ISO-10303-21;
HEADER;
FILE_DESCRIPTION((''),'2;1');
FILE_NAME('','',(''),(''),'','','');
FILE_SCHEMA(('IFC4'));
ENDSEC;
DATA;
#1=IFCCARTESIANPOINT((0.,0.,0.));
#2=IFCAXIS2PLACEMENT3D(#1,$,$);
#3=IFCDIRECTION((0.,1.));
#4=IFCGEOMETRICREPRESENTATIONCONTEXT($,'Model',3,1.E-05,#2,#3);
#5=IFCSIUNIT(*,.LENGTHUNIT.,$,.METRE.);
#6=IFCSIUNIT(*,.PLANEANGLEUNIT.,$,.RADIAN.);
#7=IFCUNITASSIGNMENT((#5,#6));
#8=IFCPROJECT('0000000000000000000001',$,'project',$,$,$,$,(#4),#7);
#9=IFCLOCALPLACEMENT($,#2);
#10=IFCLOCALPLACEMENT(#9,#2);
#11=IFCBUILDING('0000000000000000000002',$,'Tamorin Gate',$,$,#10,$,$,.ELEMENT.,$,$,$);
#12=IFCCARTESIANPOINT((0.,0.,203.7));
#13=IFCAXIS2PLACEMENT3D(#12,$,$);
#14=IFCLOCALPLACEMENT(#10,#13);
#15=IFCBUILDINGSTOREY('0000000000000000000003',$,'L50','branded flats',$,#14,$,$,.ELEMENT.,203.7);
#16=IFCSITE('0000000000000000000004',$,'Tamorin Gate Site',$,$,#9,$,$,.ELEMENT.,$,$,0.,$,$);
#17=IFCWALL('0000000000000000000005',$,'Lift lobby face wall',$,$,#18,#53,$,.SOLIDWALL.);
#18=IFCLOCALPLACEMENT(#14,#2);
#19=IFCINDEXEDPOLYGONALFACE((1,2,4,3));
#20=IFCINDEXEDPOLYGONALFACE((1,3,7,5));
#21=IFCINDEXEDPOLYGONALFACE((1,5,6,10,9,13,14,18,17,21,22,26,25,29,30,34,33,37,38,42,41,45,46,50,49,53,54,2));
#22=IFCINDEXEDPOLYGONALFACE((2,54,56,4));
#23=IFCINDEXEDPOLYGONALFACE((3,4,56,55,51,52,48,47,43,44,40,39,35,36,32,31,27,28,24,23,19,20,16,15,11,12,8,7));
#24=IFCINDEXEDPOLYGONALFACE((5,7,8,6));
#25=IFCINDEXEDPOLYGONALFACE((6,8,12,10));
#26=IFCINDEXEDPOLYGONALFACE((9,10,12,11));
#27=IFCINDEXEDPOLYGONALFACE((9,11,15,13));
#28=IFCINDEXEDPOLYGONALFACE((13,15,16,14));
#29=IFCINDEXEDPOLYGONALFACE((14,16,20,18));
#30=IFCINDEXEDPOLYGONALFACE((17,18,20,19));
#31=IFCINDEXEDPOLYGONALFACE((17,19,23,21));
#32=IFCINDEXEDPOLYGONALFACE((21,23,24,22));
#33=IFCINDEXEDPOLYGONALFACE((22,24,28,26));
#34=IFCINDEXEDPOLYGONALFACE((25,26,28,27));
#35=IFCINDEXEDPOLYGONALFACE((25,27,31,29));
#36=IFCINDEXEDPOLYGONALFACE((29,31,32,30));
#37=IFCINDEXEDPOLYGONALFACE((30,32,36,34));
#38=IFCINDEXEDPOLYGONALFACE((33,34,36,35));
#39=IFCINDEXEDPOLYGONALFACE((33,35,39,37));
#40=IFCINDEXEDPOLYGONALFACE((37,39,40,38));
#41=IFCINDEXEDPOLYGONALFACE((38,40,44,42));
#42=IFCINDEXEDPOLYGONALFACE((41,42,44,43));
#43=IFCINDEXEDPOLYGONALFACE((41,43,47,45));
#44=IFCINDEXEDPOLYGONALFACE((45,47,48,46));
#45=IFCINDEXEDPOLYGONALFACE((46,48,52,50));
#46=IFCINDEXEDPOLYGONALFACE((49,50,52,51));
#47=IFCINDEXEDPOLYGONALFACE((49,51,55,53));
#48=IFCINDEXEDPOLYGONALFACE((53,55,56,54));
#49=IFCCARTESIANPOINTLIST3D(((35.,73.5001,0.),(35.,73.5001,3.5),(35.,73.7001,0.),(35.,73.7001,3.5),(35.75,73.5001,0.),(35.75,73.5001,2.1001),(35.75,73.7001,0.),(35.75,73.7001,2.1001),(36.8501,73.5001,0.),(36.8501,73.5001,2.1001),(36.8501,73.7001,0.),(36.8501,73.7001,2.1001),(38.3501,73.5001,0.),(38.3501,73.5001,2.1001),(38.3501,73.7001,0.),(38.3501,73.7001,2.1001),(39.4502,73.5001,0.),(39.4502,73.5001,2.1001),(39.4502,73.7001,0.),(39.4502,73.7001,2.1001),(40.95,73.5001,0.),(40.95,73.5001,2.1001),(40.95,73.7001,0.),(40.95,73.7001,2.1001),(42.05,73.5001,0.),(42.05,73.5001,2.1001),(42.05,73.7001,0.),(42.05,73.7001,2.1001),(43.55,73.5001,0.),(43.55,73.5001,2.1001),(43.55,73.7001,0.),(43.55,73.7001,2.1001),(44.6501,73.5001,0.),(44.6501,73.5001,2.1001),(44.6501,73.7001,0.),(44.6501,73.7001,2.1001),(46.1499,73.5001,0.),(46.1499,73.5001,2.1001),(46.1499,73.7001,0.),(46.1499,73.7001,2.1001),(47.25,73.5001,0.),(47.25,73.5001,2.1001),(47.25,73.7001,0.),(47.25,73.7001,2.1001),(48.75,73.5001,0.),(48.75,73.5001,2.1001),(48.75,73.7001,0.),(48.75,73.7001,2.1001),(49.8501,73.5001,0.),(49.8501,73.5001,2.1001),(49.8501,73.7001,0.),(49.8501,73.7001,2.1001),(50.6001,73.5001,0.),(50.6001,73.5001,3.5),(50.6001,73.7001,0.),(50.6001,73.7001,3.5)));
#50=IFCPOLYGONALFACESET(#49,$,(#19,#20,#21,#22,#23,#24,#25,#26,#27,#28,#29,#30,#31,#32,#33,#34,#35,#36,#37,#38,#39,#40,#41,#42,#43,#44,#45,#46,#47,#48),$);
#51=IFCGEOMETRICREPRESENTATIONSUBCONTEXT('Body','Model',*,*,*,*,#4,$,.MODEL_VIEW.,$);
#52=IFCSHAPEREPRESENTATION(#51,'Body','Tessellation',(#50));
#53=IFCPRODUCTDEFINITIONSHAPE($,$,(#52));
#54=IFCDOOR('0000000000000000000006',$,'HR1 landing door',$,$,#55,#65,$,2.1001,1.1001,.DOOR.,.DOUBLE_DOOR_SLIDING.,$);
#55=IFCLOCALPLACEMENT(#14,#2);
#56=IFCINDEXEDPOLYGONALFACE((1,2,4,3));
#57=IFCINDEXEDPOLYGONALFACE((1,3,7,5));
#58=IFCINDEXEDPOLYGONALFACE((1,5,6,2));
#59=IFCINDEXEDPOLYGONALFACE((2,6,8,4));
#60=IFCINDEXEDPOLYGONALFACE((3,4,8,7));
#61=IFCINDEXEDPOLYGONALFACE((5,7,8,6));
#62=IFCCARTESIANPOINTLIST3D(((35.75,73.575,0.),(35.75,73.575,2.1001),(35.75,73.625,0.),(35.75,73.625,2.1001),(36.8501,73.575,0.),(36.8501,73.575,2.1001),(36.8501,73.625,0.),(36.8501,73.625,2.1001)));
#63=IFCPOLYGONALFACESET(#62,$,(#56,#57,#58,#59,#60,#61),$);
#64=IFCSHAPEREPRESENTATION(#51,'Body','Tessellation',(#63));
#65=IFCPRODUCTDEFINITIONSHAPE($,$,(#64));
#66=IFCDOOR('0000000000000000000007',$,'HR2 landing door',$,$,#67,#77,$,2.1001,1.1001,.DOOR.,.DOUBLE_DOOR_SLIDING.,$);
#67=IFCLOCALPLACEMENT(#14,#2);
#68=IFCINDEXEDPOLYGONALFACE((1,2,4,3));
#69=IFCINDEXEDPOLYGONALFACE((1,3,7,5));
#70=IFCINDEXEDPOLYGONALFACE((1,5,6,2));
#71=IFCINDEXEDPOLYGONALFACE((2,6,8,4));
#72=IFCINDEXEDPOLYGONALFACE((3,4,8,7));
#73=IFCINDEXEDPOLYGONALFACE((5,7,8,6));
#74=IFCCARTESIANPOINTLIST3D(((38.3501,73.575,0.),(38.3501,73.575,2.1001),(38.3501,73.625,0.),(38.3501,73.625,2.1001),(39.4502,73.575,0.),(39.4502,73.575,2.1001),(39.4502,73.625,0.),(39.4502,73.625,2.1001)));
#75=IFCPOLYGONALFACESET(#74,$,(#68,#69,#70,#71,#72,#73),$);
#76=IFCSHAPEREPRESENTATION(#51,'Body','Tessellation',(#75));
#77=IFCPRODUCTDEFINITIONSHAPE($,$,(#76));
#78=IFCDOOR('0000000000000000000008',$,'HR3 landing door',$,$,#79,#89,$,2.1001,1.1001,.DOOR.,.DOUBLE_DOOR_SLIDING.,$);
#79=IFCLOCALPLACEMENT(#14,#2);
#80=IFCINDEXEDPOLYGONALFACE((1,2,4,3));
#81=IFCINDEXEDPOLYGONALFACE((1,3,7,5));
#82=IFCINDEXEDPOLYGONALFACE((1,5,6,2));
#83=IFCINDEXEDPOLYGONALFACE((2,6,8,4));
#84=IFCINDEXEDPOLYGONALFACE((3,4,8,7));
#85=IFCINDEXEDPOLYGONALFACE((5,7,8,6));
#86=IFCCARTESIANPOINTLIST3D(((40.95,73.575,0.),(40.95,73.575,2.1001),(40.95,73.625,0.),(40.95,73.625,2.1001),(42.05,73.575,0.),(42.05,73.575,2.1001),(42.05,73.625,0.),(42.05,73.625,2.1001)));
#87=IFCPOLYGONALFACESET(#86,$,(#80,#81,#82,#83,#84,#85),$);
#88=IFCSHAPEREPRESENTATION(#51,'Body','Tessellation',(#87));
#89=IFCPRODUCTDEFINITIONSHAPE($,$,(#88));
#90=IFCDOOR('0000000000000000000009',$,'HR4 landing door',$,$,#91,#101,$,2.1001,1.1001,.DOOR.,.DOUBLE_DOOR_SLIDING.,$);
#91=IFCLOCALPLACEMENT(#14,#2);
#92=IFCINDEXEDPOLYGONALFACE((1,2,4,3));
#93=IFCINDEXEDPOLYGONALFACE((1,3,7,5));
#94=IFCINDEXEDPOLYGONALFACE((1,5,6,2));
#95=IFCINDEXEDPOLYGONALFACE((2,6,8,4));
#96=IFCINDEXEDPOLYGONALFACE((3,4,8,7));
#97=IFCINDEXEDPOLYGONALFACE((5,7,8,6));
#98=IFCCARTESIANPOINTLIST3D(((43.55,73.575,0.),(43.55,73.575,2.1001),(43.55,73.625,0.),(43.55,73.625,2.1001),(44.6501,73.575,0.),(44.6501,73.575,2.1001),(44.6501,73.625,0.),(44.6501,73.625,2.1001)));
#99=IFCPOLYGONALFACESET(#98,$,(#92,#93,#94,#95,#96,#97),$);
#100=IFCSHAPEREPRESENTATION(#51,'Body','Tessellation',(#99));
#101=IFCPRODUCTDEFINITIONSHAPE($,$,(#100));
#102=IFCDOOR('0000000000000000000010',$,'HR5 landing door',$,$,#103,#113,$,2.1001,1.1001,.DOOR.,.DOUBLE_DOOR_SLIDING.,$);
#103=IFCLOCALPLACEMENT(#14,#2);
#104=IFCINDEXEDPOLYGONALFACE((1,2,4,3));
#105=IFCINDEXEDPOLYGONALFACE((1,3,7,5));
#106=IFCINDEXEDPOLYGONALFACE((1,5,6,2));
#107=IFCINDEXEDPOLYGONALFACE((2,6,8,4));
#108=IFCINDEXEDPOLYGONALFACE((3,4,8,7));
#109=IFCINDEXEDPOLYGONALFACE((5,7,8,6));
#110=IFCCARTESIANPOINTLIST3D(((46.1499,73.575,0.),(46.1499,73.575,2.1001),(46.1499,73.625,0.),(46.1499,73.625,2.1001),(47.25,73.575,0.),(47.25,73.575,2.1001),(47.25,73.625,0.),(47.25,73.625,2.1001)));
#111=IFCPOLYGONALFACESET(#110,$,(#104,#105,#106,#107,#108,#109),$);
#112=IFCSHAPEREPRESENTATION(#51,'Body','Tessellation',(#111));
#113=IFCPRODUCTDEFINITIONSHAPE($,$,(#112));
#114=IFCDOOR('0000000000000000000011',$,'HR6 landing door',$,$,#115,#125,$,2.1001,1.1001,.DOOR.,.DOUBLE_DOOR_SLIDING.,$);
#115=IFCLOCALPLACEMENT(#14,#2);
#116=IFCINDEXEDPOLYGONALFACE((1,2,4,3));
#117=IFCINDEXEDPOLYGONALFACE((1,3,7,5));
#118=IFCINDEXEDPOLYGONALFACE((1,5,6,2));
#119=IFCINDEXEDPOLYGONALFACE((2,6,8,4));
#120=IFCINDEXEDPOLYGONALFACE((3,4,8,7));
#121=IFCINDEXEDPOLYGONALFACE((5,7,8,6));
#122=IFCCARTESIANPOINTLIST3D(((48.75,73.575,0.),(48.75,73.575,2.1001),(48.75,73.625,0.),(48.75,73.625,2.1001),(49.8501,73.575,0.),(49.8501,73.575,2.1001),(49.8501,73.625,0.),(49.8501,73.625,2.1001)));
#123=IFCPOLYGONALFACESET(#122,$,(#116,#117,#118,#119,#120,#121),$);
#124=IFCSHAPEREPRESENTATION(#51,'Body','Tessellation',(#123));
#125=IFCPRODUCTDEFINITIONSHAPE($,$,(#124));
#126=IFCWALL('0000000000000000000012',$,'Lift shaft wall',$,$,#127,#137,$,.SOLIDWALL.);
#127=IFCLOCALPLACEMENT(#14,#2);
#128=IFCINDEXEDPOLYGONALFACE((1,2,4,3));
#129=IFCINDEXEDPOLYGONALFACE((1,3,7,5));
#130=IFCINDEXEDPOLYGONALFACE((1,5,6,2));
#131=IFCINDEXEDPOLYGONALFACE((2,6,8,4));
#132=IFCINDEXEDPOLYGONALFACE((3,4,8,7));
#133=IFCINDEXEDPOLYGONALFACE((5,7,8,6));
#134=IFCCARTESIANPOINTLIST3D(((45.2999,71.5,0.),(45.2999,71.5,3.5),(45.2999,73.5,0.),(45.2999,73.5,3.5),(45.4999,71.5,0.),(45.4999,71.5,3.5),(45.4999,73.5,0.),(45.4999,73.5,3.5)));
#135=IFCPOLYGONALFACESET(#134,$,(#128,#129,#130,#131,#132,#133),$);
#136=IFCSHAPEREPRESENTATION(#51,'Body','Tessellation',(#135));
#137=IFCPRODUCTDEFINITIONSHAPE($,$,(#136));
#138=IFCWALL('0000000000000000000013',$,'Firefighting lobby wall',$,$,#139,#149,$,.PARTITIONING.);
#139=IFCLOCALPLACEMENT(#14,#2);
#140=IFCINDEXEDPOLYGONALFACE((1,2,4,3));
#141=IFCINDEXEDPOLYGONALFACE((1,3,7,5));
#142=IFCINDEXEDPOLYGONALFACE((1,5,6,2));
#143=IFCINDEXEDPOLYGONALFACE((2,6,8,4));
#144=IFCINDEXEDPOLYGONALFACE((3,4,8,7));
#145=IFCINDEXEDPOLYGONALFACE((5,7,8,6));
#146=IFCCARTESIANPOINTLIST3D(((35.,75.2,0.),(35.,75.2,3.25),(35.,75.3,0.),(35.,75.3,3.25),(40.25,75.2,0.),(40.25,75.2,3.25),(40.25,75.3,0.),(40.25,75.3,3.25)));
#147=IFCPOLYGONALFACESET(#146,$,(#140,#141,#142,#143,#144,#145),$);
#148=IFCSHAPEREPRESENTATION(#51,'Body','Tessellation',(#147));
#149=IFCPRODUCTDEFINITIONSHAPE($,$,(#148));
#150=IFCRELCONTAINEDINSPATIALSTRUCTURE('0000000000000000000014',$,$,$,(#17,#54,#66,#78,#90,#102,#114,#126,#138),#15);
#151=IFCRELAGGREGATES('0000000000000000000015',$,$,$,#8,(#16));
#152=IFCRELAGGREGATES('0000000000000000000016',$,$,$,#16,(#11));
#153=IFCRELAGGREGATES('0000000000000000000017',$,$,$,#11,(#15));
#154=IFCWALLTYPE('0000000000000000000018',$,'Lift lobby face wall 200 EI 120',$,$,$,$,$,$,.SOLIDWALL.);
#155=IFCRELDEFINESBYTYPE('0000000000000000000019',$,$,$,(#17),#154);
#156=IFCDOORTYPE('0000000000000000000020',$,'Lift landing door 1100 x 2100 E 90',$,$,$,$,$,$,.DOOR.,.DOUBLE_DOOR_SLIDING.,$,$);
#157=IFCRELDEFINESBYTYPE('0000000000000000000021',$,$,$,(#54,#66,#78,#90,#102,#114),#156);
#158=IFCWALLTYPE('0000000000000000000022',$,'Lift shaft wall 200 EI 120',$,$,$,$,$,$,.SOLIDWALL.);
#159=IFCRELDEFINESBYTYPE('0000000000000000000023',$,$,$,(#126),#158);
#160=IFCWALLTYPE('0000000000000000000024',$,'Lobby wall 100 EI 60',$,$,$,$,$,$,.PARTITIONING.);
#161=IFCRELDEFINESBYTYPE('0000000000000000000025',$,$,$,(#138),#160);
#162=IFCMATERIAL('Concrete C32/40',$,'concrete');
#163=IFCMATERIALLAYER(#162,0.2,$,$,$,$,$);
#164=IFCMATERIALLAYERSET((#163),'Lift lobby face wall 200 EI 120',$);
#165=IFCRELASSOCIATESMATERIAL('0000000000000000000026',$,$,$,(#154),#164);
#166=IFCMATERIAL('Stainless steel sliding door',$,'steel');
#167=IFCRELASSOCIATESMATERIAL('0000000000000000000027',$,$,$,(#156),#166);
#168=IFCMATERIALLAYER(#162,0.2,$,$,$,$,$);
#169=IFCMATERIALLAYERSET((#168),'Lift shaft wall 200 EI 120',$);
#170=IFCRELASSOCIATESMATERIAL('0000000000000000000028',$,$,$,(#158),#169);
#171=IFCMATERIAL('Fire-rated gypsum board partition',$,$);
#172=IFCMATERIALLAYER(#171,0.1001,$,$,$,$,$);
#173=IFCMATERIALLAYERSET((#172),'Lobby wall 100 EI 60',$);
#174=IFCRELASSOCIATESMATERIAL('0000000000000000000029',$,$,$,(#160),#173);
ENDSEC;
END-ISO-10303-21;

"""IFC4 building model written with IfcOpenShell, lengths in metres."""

from ifc_helpers import new_model, si_unit, direction, frame, frame_2d, origin, place, context, subcontext, project, spatial, rectangle, extrude, material, layer, layer_set, type_object, element, fill, save


model = new_model("IFC4")

# Units and contexts
model_context = context("Model", 3, precision=1e-05, world=origin(), true_north=direction((0.0, 1.0)))
body_context = subcontext(model_context, "Body", "Model", "MODEL_VIEW")
ifc_project = project(units=[si_unit("LENGTHUNIT", "METRE"), si_unit("PLANEANGLEUNIT", "RADIAN")], contexts=[model_context])

# Site, building, storey
site_placement = place(None, origin())
site = spatial("IfcSite", under=ifc_project, at=site_placement, Name="Tamorin Gate Site", CompositionType="ELEMENT", RefElevation=0.0)
building_placement = place(site_placement, origin())
building = spatial("IfcBuilding", under=site, at=building_placement, Name="Tamorin Gate", CompositionType="ELEMENT")
storey_placement = place(building_placement, frame((0.0, 0.0, 203.7)))
storey = spatial("IfcBuildingStorey", under=building, at=storey_placement, Name="L50", Description="branded flats", CompositionType="ELEMENT", Elevation=203.7)

# Wall, openings, doors
ifc_material_1 = material(Name="Concrete C32/40", Category="concrete")
ifc_layer_1 = layer(ifc_material_1, 0.2)
ifc_layer_set_1 = layer_set([ifc_layer_1], Name="Lift lobby face wall 200 EI 120")
wall_type_1 = type_object("IfcWallType", Name="Lift lobby face wall 200 EI 120", PredefinedType="SOLIDWALL", material=ifc_layer_set_1)
wall_1_placement = place(storey_placement, frame((35.0, 73.6001, 0.0), z_axis=(0.0, 0.0, 1.0), x_axis=(1.0, 0.0, 0.0)))
wall_1 = element("IfcWall", 1, at=wall_1_placement, inside=storey, type_object=wall_type_1, Name="Lift lobby face wall", PredefinedType="SOLIDWALL", context=body_context, shape_type="SweptSolid", body=[
    extrude(rectangle(XDim=15.6001, YDim=0.2, at=frame_2d((7.8, 0.0))), origin(), (0.0, 0.0, 1.0), 3.5),
])
opening_1_placement = place(wall_1_placement, frame((0.75, 0.0, 0.0)))
opening_1 = element("IfcOpeningElement", 2, at=opening_1_placement, cuts=wall_1, PredefinedType="OPENING", context=body_context, shape_type="SweptSolid", body=[
    extrude(rectangle(XDim=1.1001, YDim=2.1001, at=frame_2d((0.55, 1.05))), frame((0.0, 0.1099, 0.0), z_axis=(0.0, -1.0, 0.0), x_axis=(1.0, 0.0, 0.0)), (0.0, 0.0, 1.0), 0.22),
])
opening_2_placement = place(wall_1_placement, frame((3.3501, 0.0, 0.0)))
opening_2 = element("IfcOpeningElement", 3, at=opening_2_placement, cuts=wall_1, PredefinedType="OPENING", context=body_context, shape_type="SweptSolid", body=[
    extrude(rectangle(XDim=1.1001, YDim=2.1001, at=frame_2d((0.55, 1.05))), frame((0.0, 0.1099, 0.0), z_axis=(0.0, -1.0, 0.0), x_axis=(1.0, 0.0, 0.0)), (0.0, 0.0, 1.0), 0.22),
])
opening_3_placement = place(wall_1_placement, frame((5.95, 0.0, 0.0)))
opening_3 = element("IfcOpeningElement", 4, at=opening_3_placement, cuts=wall_1, PredefinedType="OPENING", context=body_context, shape_type="SweptSolid", body=[
    extrude(rectangle(XDim=1.1001, YDim=2.1001, at=frame_2d((0.55, 1.05))), frame((0.0, 0.1099, 0.0), z_axis=(0.0, -1.0, 0.0), x_axis=(1.0, 0.0, 0.0)), (0.0, 0.0, 1.0), 0.22),
])
opening_4_placement = place(wall_1_placement, frame((8.55, 0.0, 0.0)))
opening_4 = element("IfcOpeningElement", 5, at=opening_4_placement, cuts=wall_1, PredefinedType="OPENING", context=body_context, shape_type="SweptSolid", body=[
    extrude(rectangle(XDim=1.1001, YDim=2.1001, at=frame_2d((0.55, 1.05))), frame((0.0, 0.1099, 0.0), z_axis=(0.0, -1.0, 0.0), x_axis=(1.0, 0.0, 0.0)), (0.0, 0.0, 1.0), 0.22),
])
opening_5_placement = place(wall_1_placement, frame((11.1499, 0.0, 0.0)))
opening_5 = element("IfcOpeningElement", 6, at=opening_5_placement, cuts=wall_1, PredefinedType="OPENING", context=body_context, shape_type="SweptSolid", body=[
    extrude(rectangle(XDim=1.1001, YDim=2.1001, at=frame_2d((0.55, 1.05))), frame((0.0, 0.1099, 0.0), z_axis=(0.0, -1.0, 0.0), x_axis=(1.0, 0.0, 0.0)), (0.0, 0.0, 1.0), 0.22),
])
opening_6_placement = place(wall_1_placement, frame((13.75, 0.0, 0.0)))
opening_6 = element("IfcOpeningElement", 7, at=opening_6_placement, cuts=wall_1, PredefinedType="OPENING", context=body_context, shape_type="SweptSolid", body=[
    extrude(rectangle(XDim=1.1001, YDim=2.1001, at=frame_2d((0.55, 1.05))), frame((0.0, 0.1099, 0.0), z_axis=(0.0, -1.0, 0.0), x_axis=(1.0, 0.0, 0.0)), (0.0, 0.0, 1.0), 0.22),
])
ifc_material_2 = material(Name="Stainless steel sliding door", Category="steel")
door_type_1 = type_object("IfcDoorType", Name="Lift landing door 1100 x 2100 E 90", OperationType="DOUBLE_DOOR_SLIDING", PredefinedType="DOOR", material=ifc_material_2)
door_1_placement = place(opening_1_placement, origin())
door_1 = element("IfcDoor", 8, at=door_1_placement, inside=storey, type_object=door_type_1, Name="HR1 landing door", OperationType="DOUBLE_DOOR_SLIDING", OverallHeight=2.1001, OverallWidth=1.1001, PredefinedType="DOOR", context=body_context, shape_type="SweptSolid", body=[
    extrude(rectangle(XDim=1.1001, YDim=2.1001, at=frame_2d((0.55, 1.05))), frame((0.0, 0.0249, 0.0), z_axis=(0.0, -1.0, 0.0), x_axis=(1.0, 0.0, 0.0)), (0.0, 0.0, 1.0), 0.05),
])
fill(opening_1, door_1)
door_2_placement = place(opening_2_placement, origin())
door_2 = element("IfcDoor", 9, at=door_2_placement, inside=storey, type_object=door_type_1, Name="HR2 landing door", OperationType="DOUBLE_DOOR_SLIDING", OverallHeight=2.1001, OverallWidth=1.1001, PredefinedType="DOOR", context=body_context, shape_type="SweptSolid", body=[
    extrude(rectangle(XDim=1.1001, YDim=2.1001, at=frame_2d((0.55, 1.05))), frame((0.0, 0.0249, 0.0), z_axis=(0.0, -1.0, 0.0), x_axis=(1.0, 0.0, 0.0)), (0.0, 0.0, 1.0), 0.05),
])
fill(opening_2, door_2)
door_3_placement = place(opening_3_placement, origin())
door_3 = element("IfcDoor", 10, at=door_3_placement, inside=storey, type_object=door_type_1, Name="HR3 landing door", OperationType="DOUBLE_DOOR_SLIDING", OverallHeight=2.1001, OverallWidth=1.1001, PredefinedType="DOOR", context=body_context, shape_type="SweptSolid", body=[
    extrude(rectangle(XDim=1.1001, YDim=2.1001, at=frame_2d((0.55, 1.05))), frame((0.0, 0.0249, 0.0), z_axis=(0.0, -1.0, 0.0), x_axis=(1.0, 0.0, 0.0)), (0.0, 0.0, 1.0), 0.05),
])
fill(opening_3, door_3)
door_4_placement = place(opening_4_placement, origin())
door_4 = element("IfcDoor", 11, at=door_4_placement, inside=storey, type_object=door_type_1, Name="HR4 landing door", OperationType="DOUBLE_DOOR_SLIDING", OverallHeight=2.1001, OverallWidth=1.1001, PredefinedType="DOOR", context=body_context, shape_type="SweptSolid", body=[
    extrude(rectangle(XDim=1.1001, YDim=2.1001, at=frame_2d((0.55, 1.05))), frame((0.0, 0.0249, 0.0), z_axis=(0.0, -1.0, 0.0), x_axis=(1.0, 0.0, 0.0)), (0.0, 0.0, 1.0), 0.05),
])
fill(opening_4, door_4)
door_5_placement = place(opening_5_placement, origin())
door_5 = element("IfcDoor", 12, at=door_5_placement, inside=storey, type_object=door_type_1, Name="HR5 landing door", OperationType="DOUBLE_DOOR_SLIDING", OverallHeight=2.1001, OverallWidth=1.1001, PredefinedType="DOOR", context=body_context, shape_type="SweptSolid", body=[
    extrude(rectangle(XDim=1.1001, YDim=2.1001, at=frame_2d((0.55, 1.05))), frame((0.0, 0.0249, 0.0), z_axis=(0.0, -1.0, 0.0), x_axis=(1.0, 0.0, 0.0)), (0.0, 0.0, 1.0), 0.05),
])
fill(opening_5, door_5)
door_6_placement = place(opening_6_placement, origin())
door_6 = element("IfcDoor", 13, at=door_6_placement, inside=storey, type_object=door_type_1, Name="HR6 landing door", OperationType="DOUBLE_DOOR_SLIDING", OverallHeight=2.1001, OverallWidth=1.1001, PredefinedType="DOOR", context=body_context, shape_type="SweptSolid", body=[
    extrude(rectangle(XDim=1.1001, YDim=2.1001, at=frame_2d((0.55, 1.05))), frame((0.0, 0.0249, 0.0), z_axis=(0.0, -1.0, 0.0), x_axis=(1.0, 0.0, 0.0)), (0.0, 0.0, 1.0), 0.05),
])
fill(opening_6, door_6)

# Walls
ifc_layer_2 = layer(ifc_material_1, 0.2)
ifc_layer_set_2 = layer_set([ifc_layer_2], Name="Lift shaft wall 200 EI 120")
wall_type_2 = type_object("IfcWallType", Name="Lift shaft wall 200 EI 120", PredefinedType="SOLIDWALL", material=ifc_layer_set_2)
wall_2_placement = place(storey_placement, frame((45.3999, 71.5, 0.0), z_axis=(0.0, 0.0, 1.0), x_axis=(0.0, 1.0, 0.0)))
element("IfcWall", 14, at=wall_2_placement, inside=storey, type_object=wall_type_2, Name="Lift shaft wall", PredefinedType="SOLIDWALL", context=body_context, shape_type="SweptSolid", body=[
    extrude(rectangle(XDim=2.0, YDim=0.2, at=frame_2d((1.0, 0.0))), origin(), (0.0, 0.0, 1.0), 3.5),
])
ifc_material_3 = material(Name="Fire-rated gypsum board partition")
ifc_layer_3 = layer(ifc_material_3, 0.1001)
ifc_layer_set_3 = layer_set([ifc_layer_3], Name="Lobby wall 100 EI 60")
wall_type_3 = type_object("IfcWallType", Name="Lobby wall 100 EI 60", PredefinedType="PARTITIONING", material=ifc_layer_set_3)
wall_3_placement = place(storey_placement, frame((35.0, 75.25, 0.0), z_axis=(0.0, 0.0, 1.0), x_axis=(1.0, 0.0, 0.0)))
element("IfcWall", 15, at=wall_3_placement, inside=storey, type_object=wall_type_3, Name="Firefighting lobby wall", PredefinedType="PARTITIONING", context=body_context, shape_type="SweptSolid", body=[
    extrude(rectangle(XDim=5.25, YDim=0.1001, at=frame_2d((2.625, 0.0))), origin(), (0.0, 0.0, 1.0), 3.25),
])

save(model, "model.ifc")
